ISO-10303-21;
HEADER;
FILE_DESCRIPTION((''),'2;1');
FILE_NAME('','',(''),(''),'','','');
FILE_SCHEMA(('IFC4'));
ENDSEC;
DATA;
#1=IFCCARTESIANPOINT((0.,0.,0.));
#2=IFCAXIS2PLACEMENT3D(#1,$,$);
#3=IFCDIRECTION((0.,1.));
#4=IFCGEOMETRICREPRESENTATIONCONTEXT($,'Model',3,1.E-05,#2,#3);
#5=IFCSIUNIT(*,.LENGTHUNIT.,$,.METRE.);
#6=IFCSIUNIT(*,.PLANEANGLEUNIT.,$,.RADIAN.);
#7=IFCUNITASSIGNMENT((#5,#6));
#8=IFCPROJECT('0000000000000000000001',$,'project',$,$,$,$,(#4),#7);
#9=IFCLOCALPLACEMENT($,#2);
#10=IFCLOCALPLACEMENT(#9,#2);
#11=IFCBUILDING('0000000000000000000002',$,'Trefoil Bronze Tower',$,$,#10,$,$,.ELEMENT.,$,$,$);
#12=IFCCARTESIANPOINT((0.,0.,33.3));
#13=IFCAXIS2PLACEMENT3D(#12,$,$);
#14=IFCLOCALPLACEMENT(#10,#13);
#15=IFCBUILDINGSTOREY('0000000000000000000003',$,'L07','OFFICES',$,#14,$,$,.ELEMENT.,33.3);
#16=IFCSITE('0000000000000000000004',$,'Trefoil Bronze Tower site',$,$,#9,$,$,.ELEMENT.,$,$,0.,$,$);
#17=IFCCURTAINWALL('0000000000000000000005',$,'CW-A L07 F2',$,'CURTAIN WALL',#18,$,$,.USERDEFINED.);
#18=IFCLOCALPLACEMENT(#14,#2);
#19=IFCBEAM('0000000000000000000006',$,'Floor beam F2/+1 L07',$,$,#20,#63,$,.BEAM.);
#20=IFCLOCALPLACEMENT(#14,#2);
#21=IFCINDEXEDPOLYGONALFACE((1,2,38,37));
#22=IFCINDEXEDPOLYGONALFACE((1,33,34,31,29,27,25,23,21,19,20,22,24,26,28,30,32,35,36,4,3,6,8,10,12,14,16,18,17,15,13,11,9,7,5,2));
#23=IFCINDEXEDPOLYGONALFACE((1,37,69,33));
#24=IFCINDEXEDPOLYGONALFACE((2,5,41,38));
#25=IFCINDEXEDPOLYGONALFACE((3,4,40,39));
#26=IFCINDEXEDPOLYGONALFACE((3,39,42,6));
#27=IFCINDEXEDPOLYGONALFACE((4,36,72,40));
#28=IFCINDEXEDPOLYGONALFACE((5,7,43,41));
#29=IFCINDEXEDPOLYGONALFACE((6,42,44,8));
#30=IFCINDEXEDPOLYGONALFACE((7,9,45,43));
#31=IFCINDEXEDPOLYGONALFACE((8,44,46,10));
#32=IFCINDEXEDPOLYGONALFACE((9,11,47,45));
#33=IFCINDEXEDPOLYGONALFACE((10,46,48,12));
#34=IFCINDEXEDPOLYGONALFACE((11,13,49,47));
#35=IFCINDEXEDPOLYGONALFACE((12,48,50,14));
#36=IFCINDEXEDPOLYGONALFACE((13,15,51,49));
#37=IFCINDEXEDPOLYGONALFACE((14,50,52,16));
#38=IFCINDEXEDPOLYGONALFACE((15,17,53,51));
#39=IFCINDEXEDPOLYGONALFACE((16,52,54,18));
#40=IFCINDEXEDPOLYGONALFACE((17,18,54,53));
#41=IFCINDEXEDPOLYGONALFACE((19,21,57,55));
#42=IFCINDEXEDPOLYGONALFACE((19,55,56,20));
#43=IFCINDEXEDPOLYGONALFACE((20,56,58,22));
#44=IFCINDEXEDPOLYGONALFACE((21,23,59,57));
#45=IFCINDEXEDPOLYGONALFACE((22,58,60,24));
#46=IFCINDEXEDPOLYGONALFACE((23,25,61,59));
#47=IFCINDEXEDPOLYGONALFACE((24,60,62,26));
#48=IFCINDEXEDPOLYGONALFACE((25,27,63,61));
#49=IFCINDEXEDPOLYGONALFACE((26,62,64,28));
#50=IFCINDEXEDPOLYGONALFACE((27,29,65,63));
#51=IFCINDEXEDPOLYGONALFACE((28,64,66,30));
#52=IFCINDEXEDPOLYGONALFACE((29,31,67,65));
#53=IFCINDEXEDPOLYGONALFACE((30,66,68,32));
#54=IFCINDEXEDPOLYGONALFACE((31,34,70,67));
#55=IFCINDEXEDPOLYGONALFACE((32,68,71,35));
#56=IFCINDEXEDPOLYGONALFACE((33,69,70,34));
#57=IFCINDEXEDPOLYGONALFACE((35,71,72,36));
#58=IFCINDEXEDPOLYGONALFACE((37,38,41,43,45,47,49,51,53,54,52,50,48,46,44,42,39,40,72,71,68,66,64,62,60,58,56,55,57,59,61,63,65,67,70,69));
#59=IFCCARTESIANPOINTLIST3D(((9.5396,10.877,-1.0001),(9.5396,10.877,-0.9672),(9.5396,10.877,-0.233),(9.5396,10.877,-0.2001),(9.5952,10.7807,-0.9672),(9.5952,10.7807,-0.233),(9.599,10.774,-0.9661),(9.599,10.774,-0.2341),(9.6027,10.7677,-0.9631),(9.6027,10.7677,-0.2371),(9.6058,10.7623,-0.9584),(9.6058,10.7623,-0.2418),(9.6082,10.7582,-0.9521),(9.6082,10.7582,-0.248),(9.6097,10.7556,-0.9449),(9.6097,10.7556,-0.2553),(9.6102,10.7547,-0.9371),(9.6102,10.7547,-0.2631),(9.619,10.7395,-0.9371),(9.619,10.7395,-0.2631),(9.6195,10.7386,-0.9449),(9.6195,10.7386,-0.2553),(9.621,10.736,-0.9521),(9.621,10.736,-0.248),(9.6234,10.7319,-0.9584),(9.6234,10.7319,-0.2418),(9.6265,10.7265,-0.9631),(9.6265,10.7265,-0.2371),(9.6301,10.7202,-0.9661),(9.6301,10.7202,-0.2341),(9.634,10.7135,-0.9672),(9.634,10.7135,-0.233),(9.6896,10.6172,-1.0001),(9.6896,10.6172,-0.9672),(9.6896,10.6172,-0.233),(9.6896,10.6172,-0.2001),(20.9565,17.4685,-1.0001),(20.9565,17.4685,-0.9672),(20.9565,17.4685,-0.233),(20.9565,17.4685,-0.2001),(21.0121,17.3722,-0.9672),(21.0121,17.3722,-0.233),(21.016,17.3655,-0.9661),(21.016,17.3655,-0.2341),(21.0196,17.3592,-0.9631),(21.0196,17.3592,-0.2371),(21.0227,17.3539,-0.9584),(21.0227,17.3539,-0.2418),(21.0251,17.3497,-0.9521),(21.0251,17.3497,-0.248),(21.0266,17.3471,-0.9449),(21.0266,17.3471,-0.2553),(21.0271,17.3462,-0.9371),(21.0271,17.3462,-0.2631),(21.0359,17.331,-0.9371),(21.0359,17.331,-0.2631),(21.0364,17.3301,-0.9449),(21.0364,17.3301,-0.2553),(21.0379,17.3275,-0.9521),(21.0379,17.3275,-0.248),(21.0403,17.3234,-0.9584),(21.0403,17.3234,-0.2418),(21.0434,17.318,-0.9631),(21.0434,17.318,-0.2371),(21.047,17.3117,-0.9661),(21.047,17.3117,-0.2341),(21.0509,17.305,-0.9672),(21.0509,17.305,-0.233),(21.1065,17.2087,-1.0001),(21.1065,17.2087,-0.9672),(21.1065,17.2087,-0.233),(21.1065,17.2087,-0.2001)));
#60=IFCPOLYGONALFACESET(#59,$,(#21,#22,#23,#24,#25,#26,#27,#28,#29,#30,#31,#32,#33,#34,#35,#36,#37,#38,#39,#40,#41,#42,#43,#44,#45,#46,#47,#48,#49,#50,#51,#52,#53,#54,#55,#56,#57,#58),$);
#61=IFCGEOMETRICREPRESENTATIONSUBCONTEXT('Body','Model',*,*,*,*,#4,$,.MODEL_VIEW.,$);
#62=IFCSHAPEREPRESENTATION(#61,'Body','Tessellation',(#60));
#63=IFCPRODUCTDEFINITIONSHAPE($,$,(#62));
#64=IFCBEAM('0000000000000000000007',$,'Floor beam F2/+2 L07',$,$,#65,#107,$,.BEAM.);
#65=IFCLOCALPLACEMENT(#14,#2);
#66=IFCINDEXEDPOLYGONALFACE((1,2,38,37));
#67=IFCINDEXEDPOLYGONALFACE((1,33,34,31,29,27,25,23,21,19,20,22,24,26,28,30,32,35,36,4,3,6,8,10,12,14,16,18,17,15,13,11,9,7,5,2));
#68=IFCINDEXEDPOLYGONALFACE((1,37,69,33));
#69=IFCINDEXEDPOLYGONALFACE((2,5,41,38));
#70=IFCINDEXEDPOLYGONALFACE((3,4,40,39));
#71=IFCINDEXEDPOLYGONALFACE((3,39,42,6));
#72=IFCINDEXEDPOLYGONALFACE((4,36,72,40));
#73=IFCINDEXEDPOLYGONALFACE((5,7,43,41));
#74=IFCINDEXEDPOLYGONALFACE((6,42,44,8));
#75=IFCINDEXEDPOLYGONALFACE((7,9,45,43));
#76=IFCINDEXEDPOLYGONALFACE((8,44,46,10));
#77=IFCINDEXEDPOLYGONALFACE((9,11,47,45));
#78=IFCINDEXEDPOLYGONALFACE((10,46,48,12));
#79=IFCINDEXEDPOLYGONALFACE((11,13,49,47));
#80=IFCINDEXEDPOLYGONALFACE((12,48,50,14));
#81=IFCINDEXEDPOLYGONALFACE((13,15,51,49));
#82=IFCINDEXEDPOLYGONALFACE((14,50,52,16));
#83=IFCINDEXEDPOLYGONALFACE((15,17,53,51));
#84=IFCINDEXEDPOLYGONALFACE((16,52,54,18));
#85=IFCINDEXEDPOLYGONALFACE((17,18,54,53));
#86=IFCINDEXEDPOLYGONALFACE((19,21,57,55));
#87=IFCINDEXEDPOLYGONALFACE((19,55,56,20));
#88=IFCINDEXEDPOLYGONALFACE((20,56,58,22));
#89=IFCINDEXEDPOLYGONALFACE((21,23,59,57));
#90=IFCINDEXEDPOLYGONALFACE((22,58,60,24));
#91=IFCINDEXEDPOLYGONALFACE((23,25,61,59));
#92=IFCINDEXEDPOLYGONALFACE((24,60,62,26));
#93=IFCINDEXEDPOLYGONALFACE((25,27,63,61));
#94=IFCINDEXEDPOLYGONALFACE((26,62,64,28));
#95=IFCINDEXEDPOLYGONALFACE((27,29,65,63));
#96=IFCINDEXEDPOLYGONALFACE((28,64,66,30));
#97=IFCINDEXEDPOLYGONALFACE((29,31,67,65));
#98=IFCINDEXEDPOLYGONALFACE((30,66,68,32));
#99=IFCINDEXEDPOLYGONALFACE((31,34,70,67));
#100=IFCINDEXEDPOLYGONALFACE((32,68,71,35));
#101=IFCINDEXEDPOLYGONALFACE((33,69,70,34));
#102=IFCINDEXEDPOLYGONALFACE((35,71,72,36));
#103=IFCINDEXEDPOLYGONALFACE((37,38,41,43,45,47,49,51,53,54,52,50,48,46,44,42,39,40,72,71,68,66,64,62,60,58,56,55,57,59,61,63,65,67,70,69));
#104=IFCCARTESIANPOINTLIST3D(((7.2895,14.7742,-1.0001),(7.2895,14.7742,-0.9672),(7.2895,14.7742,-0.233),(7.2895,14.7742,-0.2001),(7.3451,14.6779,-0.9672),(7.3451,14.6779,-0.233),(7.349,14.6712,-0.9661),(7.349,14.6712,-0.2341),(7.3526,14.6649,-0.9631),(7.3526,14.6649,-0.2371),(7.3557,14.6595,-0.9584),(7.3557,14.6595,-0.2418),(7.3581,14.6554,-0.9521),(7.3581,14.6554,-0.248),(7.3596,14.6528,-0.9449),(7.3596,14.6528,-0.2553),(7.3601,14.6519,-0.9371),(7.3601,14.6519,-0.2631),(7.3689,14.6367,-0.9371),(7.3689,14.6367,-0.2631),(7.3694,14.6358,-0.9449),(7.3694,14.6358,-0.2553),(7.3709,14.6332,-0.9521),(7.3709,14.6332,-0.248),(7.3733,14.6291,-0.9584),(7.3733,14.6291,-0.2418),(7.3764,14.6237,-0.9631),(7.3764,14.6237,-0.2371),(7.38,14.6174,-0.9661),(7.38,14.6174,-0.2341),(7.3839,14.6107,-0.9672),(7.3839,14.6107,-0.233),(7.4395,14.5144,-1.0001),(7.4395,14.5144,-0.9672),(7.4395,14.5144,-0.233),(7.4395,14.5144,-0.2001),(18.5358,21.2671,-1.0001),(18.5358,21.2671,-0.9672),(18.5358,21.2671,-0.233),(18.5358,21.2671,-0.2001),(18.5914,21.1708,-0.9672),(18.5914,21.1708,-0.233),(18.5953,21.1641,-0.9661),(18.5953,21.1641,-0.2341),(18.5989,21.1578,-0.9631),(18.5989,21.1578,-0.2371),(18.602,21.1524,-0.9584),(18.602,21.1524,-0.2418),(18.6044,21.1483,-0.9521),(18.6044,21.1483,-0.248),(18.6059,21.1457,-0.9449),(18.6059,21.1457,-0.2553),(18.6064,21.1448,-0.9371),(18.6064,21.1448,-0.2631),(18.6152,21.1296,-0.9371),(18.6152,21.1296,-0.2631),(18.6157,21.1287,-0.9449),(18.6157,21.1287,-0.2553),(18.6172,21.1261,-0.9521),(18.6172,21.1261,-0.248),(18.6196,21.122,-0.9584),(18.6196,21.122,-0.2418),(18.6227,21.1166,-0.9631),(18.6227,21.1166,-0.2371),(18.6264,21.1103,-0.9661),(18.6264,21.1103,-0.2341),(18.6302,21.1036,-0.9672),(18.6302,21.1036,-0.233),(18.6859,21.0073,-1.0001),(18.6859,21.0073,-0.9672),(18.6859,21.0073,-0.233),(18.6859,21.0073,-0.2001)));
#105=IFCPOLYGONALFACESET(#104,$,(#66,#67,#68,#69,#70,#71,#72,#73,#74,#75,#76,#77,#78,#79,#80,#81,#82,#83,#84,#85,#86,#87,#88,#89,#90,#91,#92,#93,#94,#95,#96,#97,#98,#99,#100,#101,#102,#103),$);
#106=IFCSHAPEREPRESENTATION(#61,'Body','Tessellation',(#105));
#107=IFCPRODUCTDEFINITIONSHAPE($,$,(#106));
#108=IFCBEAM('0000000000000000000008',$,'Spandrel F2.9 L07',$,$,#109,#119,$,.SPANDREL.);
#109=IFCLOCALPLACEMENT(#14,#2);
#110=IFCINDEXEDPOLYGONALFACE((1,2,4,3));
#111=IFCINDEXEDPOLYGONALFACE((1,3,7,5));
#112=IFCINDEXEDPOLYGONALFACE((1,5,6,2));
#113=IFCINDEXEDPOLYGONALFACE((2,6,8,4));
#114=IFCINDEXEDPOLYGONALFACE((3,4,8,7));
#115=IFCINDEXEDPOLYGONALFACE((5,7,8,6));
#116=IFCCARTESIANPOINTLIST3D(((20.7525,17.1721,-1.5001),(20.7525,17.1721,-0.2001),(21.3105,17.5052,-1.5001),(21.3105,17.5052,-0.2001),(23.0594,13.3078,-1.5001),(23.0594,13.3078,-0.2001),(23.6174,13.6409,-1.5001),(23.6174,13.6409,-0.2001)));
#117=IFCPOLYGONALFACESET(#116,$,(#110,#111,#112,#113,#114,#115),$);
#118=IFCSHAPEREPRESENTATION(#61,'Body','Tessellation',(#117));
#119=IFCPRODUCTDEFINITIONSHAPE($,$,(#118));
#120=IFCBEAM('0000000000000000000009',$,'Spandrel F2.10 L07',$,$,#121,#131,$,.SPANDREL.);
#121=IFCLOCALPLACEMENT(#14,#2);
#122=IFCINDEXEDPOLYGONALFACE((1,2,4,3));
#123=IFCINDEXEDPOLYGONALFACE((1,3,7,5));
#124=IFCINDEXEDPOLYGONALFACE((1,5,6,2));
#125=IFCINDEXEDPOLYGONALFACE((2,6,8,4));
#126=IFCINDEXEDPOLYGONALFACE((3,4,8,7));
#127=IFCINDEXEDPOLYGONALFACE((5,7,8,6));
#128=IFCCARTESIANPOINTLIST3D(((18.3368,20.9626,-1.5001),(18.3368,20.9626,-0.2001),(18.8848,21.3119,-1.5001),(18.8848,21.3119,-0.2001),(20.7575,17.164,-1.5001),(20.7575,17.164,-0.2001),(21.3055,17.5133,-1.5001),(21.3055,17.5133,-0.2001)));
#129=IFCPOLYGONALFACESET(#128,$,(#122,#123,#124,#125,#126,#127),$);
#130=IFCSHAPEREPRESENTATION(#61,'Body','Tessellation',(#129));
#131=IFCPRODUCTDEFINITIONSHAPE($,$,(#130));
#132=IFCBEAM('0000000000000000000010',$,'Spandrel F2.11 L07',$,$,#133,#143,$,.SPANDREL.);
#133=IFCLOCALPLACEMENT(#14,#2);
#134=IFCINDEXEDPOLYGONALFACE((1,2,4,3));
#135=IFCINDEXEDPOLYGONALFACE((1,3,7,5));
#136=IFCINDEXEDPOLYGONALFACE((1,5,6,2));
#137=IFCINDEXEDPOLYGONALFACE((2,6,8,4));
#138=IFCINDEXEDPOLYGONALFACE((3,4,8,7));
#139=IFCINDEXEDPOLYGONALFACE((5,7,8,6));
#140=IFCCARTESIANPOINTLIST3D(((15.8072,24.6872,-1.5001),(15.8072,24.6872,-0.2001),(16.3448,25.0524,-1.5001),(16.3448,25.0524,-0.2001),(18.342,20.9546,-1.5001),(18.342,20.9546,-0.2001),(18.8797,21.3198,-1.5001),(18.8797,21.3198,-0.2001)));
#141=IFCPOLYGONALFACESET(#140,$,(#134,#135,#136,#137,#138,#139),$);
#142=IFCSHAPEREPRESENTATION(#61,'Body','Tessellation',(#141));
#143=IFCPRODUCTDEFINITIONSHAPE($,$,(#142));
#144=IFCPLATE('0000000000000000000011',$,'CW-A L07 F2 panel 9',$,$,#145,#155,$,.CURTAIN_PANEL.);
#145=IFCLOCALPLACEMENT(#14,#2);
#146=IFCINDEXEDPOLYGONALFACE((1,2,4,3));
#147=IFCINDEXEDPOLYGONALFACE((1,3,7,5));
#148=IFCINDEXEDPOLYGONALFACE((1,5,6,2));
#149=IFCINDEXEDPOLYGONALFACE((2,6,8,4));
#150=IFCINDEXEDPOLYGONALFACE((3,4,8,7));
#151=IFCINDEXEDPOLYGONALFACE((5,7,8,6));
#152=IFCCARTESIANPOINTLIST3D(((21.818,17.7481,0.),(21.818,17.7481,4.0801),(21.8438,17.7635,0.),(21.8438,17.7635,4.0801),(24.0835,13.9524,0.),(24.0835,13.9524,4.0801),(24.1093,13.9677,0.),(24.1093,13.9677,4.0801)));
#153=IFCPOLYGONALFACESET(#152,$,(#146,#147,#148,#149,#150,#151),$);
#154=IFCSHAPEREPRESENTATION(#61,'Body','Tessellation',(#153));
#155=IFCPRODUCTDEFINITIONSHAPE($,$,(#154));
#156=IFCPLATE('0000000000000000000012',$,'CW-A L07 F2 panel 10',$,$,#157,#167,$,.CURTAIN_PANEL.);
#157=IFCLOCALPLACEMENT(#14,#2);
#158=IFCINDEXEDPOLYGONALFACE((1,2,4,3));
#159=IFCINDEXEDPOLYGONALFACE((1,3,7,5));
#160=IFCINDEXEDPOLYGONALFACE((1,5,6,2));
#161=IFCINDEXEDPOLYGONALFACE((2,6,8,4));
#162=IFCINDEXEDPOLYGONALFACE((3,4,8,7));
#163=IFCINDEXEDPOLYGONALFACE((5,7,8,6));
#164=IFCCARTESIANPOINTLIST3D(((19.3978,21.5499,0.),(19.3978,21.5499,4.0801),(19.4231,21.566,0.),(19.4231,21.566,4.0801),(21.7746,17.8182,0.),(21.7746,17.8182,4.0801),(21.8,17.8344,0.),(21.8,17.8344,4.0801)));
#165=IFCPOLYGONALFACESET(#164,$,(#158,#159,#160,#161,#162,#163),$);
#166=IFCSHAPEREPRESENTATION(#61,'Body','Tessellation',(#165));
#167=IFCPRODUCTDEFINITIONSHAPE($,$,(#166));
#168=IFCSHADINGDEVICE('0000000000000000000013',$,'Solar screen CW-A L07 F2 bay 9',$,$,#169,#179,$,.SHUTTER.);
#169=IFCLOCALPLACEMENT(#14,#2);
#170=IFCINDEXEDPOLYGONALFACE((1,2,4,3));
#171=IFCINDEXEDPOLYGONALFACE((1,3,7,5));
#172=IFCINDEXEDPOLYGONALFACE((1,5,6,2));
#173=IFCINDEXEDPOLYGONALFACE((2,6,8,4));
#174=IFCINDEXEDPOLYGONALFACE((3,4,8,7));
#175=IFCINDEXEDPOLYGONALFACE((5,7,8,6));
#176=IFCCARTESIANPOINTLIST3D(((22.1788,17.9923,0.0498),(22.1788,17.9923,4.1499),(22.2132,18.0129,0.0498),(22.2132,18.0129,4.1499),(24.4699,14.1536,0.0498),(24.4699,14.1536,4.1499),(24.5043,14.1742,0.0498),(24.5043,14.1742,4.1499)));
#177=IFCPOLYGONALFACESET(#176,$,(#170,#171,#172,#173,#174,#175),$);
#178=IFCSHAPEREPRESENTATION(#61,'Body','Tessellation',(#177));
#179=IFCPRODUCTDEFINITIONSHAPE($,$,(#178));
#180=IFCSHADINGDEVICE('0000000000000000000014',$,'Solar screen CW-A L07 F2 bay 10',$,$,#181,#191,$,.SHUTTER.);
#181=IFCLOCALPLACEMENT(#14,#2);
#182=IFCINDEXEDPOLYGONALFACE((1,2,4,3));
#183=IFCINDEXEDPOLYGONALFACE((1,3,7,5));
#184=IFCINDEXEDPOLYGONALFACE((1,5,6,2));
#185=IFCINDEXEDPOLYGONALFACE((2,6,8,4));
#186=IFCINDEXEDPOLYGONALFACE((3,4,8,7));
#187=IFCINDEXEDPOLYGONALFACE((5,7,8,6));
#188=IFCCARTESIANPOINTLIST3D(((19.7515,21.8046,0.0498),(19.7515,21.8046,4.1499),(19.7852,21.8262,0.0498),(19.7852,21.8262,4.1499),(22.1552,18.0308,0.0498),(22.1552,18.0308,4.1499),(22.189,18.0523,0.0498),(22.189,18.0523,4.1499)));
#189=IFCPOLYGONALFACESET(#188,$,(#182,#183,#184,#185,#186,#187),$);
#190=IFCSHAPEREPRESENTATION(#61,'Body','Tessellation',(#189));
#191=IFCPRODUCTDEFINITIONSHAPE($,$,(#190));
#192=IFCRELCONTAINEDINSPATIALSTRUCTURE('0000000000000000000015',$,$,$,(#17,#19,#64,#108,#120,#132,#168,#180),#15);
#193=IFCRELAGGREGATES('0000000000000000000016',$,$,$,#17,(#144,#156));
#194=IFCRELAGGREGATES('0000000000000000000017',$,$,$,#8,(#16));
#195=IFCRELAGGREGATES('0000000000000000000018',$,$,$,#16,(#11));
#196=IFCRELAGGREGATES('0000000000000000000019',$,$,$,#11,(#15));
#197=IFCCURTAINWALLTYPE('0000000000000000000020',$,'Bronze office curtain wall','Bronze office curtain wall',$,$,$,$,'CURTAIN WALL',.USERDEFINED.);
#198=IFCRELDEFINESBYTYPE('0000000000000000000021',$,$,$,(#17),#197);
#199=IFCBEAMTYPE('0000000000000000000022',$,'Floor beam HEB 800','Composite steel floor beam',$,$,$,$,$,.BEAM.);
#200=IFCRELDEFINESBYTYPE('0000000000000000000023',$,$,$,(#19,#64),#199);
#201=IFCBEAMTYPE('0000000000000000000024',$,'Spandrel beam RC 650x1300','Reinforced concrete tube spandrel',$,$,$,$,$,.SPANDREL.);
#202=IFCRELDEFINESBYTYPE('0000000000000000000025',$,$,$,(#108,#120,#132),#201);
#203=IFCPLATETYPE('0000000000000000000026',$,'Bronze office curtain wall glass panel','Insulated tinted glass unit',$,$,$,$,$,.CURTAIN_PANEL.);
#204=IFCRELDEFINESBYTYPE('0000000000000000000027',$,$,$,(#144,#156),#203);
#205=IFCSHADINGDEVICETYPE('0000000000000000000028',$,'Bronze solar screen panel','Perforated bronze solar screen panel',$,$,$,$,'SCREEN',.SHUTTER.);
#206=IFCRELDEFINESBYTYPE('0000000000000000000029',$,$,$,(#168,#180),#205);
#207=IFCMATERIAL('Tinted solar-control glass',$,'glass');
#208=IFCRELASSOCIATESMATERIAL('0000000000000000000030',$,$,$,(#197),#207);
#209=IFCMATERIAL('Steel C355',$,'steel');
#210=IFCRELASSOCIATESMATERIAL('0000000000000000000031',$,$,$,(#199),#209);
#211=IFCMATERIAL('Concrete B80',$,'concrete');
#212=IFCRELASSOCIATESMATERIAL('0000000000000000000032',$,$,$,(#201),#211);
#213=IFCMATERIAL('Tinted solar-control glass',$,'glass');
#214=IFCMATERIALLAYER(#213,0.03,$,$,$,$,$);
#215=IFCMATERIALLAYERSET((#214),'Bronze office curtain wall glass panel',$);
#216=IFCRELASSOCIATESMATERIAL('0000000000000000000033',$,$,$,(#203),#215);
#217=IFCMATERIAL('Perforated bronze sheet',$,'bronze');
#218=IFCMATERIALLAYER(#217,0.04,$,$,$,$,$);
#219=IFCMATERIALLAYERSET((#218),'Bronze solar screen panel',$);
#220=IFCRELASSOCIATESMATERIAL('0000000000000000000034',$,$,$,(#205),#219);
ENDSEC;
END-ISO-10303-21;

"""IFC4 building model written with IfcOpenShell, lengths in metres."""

from ifc_helpers import new_model, si_unit, direction, frame, origin, origin_2d, place, context, subcontext, project, spatial, rectangle, i_section, extrude, material, layer, layer_set, material_profile, profile_set, type_object, element, aggregate, save


model = new_model("IFC4")

# Units and contexts
model_context = context("Model", 3, precision=1e-05, world=origin(), true_north=direction((0.0, 1.0)))
body_context = subcontext(model_context, "Body", "Model", "MODEL_VIEW")
ifc_project = project(units=[si_unit("LENGTHUNIT", "METRE"), si_unit("PLANEANGLEUNIT", "RADIAN")], contexts=[model_context])

# Site, building, storey
site_placement = place(None, origin())
site = spatial("IfcSite", under=ifc_project, at=site_placement, Name="Trefoil Bronze Tower site", CompositionType="ELEMENT", RefElevation=0.0)
building_placement = place(site_placement, origin())
building = spatial("IfcBuilding", under=site, at=building_placement, Name="Trefoil Bronze Tower", CompositionType="ELEMENT")
storey_placement = place(building_placement, frame((0.0, 0.0, 33.3)))
storey = spatial("IfcBuildingStorey", under=building, at=storey_placement, Name="L07", Description="OFFICES", CompositionType="ELEMENT", Elevation=33.3)

# Curtain wall
ifc_material_1 = material(Name="Tinted solar-control glass", Category="glass")
curtain_wall_type = type_object("IfcCurtainWallType", Name="Bronze office curtain wall", Description="Bronze office curtain wall", ElementType="CURTAIN WALL", PredefinedType="USERDEFINED", material=ifc_material_1)
curtain_wall_placement = place(storey_placement, origin())
curtain_wall = element("IfcCurtainWall", 1, at=curtain_wall_placement, inside=storey, type_object=curtain_wall_type, Name="CW-A L07 F2", ObjectType="CURTAIN WALL", PredefinedType="USERDEFINED")

# Beams
ifc_material_2 = material(Name="Steel C355", Category="steel")
ifc_material_profile_1 = material_profile(ifc_material_2, i_section(OverallWidth=0.3, OverallDepth=0.8, WebThickness=0.0176, FlangeThickness=0.033, FilletRadius=0.03, at=origin_2d()), Name="HEB 800")
ifc_profile_set_1 = profile_set([ifc_material_profile_1], Name="Steel C355")
beam_type_1 = type_object("IfcBeamType", Name="Floor beam HEB 800", Description="Composite steel floor beam", PredefinedType="BEAM", material=ifc_profile_set_1)
beam_1_placement = place(storey_placement, frame((21.0315, 17.3386, -0.6001), z_axis=(-0.866027, -0.499997, 0.0), x_axis=(0.499997, -0.866027, 0.0)))
element("IfcBeam", 2, at=beam_1_placement, inside=storey, type_object=beam_type_1, Name="Floor beam F2/+1 L07", PredefinedType="BEAM", context=body_context, shape_type="SweptSolid", body=[
    extrude(i_section(OverallWidth=0.3, OverallDepth=0.8, WebThickness=0.0176, FlangeThickness=0.033, FilletRadius=0.03, at=origin_2d()), origin(), (0.0, 0.0, 1.0), 13.1831),
])
beam_2_placement = place(storey_placement, frame((18.6108, 21.1372, -0.6001), z_axis=(-0.866031, -0.499991, 0.0), x_axis=(0.499991, -0.866031, 0.0)))
element("IfcBeam", 3, at=beam_2_placement, inside=storey, type_object=beam_type_1, Name="Floor beam F2/+2 L07", PredefinedType="BEAM", context=body_context, shape_type="SweptSolid", body=[
    extrude(i_section(OverallWidth=0.3, OverallDepth=0.8, WebThickness=0.0176, FlangeThickness=0.033, FilletRadius=0.03, at=origin_2d()), origin(), (0.0, 0.0, 1.0), 12.9861),
])
ifc_material_3 = material(Name="Concrete B80", Category="concrete")
ifc_material_profile_2 = material_profile(ifc_material_3, rectangle(XDim=0.6499, YDim=1.3, at=origin_2d()), Name="RC 650x1300")
ifc_profile_set_2 = profile_set([ifc_material_profile_2], Name="Concrete B80")
beam_type_2 = type_object("IfcBeamType", Name="Spandrel beam RC 650x1300", Description="Reinforced concrete tube spandrel", PredefinedType="SPANDREL", material=ifc_profile_set_2)
beam_3_placement = place(storey_placement, frame((23.3384, 13.4744, -0.8501), z_axis=(-0.512588, 0.858635, 0.0), x_axis=(-0.858635, -0.512588, 0.0)))
element("IfcBeam", 4, at=beam_3_placement, inside=storey, type_object=beam_type_2, Name="Spandrel F2.9 L07", PredefinedType="SPANDREL", context=body_context, shape_type="SweptSolid", body=[
    extrude(rectangle(XDim=0.6499, YDim=1.3, at=origin_2d()), origin(), (0.0, 0.0, 1.0), 4.5005),
])
beam_4_placement = place(storey_placement, frame((21.0315, 17.3386, -0.8501), z_axis=(-0.537408, 0.843322, 0.0), x_axis=(-0.843322, -0.537408, 0.0)))
element("IfcBeam", 5, at=beam_4_placement, inside=storey, type_object=beam_type_2, Name="Spandrel F2.10 L07", PredefinedType="SPANDREL", context=body_context, shape_type="SweptSolid", body=[
    extrude(rectangle(XDim=0.6499, YDim=1.3, at=origin_2d()), origin(), (0.0, 0.0, 1.0), 4.5044),
])
beam_5_placement = place(storey_placement, frame((18.6108, 21.1372, -0.8501), z_axis=(-0.56181, 0.827267, 0.0), x_axis=(-0.827267, -0.56181, 0.0)))
element("IfcBeam", 6, at=beam_5_placement, inside=storey, type_object=beam_type_2, Name="Spandrel F2.11 L07", PredefinedType="SPANDREL", context=body_context, shape_type="SweptSolid", body=[
    extrude(rectangle(XDim=0.6499, YDim=1.3, at=origin_2d()), origin(), (0.0, 0.0, 1.0), 4.512),
])

# Plates
ifc_material_4 = material(Name="Tinted solar-control glass", Category="glass")
ifc_layer_1 = layer(ifc_material_4, 0.03)
ifc_layer_set_1 = layer_set([ifc_layer_1], Name="Bronze office curtain wall glass panel")
plate_type = type_object("IfcPlateType", Name="Bronze office curtain wall glass panel", Description="Insulated tinted glass unit", PredefinedType="CURTAIN_PANEL", material=ifc_layer_set_1)
plate_1_placement = place(storey_placement, frame((22.9636, 15.8579, 0.0), z_axis=(0.0, 0.0, 1.0), x_axis=(-0.512513, 0.85868, 0.0)))
plate_1 = element("IfcPlate", 7, at=plate_1_placement, type_object=plate_type, Name="CW-A L07 F2 panel 9", PredefinedType="CURTAIN_PANEL", context=body_context, shape_type="SweptSolid", body=[
    extrude(rectangle(XDim=4.4204, YDim=0.03, at=origin_2d()), origin(), (0.0, 0.0, 1.0), 4.0801),
])
plate_2_placement = place(storey_placement, frame((20.5989, 19.6921, 0.0), z_axis=(0.0, 0.0, 1.0), x_axis=(-0.537222, 0.843441, 0.0)))
plate_2 = element("IfcPlate", 8, at=plate_2_placement, type_object=plate_type, Name="CW-A L07 F2 panel 10", PredefinedType="CURTAIN_PANEL", context=body_context, shape_type="SweptSolid", body=[
    extrude(rectangle(XDim=4.4243, YDim=0.03, at=origin_2d()), origin(), (0.0, 0.0, 1.0), 4.0801),
])
aggregate(curtain_wall, [plate_1, plate_2])

# Shading devices
ifc_material_5 = material(Name="Perforated bronze sheet", Category="bronze")
ifc_layer_2 = layer(ifc_material_5, 0.04)
ifc_layer_set_2 = layer_set([ifc_layer_2], Name="Bronze solar screen panel")
shading_device_type = type_object("IfcShadingDeviceType", Name="Bronze solar screen panel", Description="Perforated bronze solar screen panel", ElementType="SCREEN", PredefinedType="SHUTTER", material=ifc_layer_set_2)
shading_device_1_placement = place(storey_placement, frame((23.3416, 16.0833, 0.0498), z_axis=(0.0, 0.0, 1.0), x_axis=(-0.512513, 0.85868, 0.0)))
element("IfcShadingDevice", 9, at=shading_device_1_placement, inside=storey, type_object=shading_device_type, Name="Solar screen CW-A L07 F2 bay 9", PredefinedType="SHUTTER", context=body_context, shape_type="SweptSolid", body=[
    extrude(rectangle(XDim=4.4705, YDim=0.04, at=origin_2d()), origin(), (0.0, 0.0, 1.0), 4.1001),
])
shading_device_2_placement = place(storey_placement, frame((20.9702, 19.9285, 0.0498), z_axis=(0.0, 0.0, 1.0), x_axis=(-0.537222, 0.843441, 0.0)))
element("IfcShadingDevice", 10, at=shading_device_2_placement, inside=storey, type_object=shading_device_type, Name="Solar screen CW-A L07 F2 bay 10", PredefinedType="SHUTTER", context=body_context, shape_type="SweptSolid", body=[
    extrude(rectangle(XDim=4.4744, YDim=0.04, at=origin_2d()), origin(), (0.0, 0.0, 1.0), 4.1001),
])

save(model, "model.ifc")
